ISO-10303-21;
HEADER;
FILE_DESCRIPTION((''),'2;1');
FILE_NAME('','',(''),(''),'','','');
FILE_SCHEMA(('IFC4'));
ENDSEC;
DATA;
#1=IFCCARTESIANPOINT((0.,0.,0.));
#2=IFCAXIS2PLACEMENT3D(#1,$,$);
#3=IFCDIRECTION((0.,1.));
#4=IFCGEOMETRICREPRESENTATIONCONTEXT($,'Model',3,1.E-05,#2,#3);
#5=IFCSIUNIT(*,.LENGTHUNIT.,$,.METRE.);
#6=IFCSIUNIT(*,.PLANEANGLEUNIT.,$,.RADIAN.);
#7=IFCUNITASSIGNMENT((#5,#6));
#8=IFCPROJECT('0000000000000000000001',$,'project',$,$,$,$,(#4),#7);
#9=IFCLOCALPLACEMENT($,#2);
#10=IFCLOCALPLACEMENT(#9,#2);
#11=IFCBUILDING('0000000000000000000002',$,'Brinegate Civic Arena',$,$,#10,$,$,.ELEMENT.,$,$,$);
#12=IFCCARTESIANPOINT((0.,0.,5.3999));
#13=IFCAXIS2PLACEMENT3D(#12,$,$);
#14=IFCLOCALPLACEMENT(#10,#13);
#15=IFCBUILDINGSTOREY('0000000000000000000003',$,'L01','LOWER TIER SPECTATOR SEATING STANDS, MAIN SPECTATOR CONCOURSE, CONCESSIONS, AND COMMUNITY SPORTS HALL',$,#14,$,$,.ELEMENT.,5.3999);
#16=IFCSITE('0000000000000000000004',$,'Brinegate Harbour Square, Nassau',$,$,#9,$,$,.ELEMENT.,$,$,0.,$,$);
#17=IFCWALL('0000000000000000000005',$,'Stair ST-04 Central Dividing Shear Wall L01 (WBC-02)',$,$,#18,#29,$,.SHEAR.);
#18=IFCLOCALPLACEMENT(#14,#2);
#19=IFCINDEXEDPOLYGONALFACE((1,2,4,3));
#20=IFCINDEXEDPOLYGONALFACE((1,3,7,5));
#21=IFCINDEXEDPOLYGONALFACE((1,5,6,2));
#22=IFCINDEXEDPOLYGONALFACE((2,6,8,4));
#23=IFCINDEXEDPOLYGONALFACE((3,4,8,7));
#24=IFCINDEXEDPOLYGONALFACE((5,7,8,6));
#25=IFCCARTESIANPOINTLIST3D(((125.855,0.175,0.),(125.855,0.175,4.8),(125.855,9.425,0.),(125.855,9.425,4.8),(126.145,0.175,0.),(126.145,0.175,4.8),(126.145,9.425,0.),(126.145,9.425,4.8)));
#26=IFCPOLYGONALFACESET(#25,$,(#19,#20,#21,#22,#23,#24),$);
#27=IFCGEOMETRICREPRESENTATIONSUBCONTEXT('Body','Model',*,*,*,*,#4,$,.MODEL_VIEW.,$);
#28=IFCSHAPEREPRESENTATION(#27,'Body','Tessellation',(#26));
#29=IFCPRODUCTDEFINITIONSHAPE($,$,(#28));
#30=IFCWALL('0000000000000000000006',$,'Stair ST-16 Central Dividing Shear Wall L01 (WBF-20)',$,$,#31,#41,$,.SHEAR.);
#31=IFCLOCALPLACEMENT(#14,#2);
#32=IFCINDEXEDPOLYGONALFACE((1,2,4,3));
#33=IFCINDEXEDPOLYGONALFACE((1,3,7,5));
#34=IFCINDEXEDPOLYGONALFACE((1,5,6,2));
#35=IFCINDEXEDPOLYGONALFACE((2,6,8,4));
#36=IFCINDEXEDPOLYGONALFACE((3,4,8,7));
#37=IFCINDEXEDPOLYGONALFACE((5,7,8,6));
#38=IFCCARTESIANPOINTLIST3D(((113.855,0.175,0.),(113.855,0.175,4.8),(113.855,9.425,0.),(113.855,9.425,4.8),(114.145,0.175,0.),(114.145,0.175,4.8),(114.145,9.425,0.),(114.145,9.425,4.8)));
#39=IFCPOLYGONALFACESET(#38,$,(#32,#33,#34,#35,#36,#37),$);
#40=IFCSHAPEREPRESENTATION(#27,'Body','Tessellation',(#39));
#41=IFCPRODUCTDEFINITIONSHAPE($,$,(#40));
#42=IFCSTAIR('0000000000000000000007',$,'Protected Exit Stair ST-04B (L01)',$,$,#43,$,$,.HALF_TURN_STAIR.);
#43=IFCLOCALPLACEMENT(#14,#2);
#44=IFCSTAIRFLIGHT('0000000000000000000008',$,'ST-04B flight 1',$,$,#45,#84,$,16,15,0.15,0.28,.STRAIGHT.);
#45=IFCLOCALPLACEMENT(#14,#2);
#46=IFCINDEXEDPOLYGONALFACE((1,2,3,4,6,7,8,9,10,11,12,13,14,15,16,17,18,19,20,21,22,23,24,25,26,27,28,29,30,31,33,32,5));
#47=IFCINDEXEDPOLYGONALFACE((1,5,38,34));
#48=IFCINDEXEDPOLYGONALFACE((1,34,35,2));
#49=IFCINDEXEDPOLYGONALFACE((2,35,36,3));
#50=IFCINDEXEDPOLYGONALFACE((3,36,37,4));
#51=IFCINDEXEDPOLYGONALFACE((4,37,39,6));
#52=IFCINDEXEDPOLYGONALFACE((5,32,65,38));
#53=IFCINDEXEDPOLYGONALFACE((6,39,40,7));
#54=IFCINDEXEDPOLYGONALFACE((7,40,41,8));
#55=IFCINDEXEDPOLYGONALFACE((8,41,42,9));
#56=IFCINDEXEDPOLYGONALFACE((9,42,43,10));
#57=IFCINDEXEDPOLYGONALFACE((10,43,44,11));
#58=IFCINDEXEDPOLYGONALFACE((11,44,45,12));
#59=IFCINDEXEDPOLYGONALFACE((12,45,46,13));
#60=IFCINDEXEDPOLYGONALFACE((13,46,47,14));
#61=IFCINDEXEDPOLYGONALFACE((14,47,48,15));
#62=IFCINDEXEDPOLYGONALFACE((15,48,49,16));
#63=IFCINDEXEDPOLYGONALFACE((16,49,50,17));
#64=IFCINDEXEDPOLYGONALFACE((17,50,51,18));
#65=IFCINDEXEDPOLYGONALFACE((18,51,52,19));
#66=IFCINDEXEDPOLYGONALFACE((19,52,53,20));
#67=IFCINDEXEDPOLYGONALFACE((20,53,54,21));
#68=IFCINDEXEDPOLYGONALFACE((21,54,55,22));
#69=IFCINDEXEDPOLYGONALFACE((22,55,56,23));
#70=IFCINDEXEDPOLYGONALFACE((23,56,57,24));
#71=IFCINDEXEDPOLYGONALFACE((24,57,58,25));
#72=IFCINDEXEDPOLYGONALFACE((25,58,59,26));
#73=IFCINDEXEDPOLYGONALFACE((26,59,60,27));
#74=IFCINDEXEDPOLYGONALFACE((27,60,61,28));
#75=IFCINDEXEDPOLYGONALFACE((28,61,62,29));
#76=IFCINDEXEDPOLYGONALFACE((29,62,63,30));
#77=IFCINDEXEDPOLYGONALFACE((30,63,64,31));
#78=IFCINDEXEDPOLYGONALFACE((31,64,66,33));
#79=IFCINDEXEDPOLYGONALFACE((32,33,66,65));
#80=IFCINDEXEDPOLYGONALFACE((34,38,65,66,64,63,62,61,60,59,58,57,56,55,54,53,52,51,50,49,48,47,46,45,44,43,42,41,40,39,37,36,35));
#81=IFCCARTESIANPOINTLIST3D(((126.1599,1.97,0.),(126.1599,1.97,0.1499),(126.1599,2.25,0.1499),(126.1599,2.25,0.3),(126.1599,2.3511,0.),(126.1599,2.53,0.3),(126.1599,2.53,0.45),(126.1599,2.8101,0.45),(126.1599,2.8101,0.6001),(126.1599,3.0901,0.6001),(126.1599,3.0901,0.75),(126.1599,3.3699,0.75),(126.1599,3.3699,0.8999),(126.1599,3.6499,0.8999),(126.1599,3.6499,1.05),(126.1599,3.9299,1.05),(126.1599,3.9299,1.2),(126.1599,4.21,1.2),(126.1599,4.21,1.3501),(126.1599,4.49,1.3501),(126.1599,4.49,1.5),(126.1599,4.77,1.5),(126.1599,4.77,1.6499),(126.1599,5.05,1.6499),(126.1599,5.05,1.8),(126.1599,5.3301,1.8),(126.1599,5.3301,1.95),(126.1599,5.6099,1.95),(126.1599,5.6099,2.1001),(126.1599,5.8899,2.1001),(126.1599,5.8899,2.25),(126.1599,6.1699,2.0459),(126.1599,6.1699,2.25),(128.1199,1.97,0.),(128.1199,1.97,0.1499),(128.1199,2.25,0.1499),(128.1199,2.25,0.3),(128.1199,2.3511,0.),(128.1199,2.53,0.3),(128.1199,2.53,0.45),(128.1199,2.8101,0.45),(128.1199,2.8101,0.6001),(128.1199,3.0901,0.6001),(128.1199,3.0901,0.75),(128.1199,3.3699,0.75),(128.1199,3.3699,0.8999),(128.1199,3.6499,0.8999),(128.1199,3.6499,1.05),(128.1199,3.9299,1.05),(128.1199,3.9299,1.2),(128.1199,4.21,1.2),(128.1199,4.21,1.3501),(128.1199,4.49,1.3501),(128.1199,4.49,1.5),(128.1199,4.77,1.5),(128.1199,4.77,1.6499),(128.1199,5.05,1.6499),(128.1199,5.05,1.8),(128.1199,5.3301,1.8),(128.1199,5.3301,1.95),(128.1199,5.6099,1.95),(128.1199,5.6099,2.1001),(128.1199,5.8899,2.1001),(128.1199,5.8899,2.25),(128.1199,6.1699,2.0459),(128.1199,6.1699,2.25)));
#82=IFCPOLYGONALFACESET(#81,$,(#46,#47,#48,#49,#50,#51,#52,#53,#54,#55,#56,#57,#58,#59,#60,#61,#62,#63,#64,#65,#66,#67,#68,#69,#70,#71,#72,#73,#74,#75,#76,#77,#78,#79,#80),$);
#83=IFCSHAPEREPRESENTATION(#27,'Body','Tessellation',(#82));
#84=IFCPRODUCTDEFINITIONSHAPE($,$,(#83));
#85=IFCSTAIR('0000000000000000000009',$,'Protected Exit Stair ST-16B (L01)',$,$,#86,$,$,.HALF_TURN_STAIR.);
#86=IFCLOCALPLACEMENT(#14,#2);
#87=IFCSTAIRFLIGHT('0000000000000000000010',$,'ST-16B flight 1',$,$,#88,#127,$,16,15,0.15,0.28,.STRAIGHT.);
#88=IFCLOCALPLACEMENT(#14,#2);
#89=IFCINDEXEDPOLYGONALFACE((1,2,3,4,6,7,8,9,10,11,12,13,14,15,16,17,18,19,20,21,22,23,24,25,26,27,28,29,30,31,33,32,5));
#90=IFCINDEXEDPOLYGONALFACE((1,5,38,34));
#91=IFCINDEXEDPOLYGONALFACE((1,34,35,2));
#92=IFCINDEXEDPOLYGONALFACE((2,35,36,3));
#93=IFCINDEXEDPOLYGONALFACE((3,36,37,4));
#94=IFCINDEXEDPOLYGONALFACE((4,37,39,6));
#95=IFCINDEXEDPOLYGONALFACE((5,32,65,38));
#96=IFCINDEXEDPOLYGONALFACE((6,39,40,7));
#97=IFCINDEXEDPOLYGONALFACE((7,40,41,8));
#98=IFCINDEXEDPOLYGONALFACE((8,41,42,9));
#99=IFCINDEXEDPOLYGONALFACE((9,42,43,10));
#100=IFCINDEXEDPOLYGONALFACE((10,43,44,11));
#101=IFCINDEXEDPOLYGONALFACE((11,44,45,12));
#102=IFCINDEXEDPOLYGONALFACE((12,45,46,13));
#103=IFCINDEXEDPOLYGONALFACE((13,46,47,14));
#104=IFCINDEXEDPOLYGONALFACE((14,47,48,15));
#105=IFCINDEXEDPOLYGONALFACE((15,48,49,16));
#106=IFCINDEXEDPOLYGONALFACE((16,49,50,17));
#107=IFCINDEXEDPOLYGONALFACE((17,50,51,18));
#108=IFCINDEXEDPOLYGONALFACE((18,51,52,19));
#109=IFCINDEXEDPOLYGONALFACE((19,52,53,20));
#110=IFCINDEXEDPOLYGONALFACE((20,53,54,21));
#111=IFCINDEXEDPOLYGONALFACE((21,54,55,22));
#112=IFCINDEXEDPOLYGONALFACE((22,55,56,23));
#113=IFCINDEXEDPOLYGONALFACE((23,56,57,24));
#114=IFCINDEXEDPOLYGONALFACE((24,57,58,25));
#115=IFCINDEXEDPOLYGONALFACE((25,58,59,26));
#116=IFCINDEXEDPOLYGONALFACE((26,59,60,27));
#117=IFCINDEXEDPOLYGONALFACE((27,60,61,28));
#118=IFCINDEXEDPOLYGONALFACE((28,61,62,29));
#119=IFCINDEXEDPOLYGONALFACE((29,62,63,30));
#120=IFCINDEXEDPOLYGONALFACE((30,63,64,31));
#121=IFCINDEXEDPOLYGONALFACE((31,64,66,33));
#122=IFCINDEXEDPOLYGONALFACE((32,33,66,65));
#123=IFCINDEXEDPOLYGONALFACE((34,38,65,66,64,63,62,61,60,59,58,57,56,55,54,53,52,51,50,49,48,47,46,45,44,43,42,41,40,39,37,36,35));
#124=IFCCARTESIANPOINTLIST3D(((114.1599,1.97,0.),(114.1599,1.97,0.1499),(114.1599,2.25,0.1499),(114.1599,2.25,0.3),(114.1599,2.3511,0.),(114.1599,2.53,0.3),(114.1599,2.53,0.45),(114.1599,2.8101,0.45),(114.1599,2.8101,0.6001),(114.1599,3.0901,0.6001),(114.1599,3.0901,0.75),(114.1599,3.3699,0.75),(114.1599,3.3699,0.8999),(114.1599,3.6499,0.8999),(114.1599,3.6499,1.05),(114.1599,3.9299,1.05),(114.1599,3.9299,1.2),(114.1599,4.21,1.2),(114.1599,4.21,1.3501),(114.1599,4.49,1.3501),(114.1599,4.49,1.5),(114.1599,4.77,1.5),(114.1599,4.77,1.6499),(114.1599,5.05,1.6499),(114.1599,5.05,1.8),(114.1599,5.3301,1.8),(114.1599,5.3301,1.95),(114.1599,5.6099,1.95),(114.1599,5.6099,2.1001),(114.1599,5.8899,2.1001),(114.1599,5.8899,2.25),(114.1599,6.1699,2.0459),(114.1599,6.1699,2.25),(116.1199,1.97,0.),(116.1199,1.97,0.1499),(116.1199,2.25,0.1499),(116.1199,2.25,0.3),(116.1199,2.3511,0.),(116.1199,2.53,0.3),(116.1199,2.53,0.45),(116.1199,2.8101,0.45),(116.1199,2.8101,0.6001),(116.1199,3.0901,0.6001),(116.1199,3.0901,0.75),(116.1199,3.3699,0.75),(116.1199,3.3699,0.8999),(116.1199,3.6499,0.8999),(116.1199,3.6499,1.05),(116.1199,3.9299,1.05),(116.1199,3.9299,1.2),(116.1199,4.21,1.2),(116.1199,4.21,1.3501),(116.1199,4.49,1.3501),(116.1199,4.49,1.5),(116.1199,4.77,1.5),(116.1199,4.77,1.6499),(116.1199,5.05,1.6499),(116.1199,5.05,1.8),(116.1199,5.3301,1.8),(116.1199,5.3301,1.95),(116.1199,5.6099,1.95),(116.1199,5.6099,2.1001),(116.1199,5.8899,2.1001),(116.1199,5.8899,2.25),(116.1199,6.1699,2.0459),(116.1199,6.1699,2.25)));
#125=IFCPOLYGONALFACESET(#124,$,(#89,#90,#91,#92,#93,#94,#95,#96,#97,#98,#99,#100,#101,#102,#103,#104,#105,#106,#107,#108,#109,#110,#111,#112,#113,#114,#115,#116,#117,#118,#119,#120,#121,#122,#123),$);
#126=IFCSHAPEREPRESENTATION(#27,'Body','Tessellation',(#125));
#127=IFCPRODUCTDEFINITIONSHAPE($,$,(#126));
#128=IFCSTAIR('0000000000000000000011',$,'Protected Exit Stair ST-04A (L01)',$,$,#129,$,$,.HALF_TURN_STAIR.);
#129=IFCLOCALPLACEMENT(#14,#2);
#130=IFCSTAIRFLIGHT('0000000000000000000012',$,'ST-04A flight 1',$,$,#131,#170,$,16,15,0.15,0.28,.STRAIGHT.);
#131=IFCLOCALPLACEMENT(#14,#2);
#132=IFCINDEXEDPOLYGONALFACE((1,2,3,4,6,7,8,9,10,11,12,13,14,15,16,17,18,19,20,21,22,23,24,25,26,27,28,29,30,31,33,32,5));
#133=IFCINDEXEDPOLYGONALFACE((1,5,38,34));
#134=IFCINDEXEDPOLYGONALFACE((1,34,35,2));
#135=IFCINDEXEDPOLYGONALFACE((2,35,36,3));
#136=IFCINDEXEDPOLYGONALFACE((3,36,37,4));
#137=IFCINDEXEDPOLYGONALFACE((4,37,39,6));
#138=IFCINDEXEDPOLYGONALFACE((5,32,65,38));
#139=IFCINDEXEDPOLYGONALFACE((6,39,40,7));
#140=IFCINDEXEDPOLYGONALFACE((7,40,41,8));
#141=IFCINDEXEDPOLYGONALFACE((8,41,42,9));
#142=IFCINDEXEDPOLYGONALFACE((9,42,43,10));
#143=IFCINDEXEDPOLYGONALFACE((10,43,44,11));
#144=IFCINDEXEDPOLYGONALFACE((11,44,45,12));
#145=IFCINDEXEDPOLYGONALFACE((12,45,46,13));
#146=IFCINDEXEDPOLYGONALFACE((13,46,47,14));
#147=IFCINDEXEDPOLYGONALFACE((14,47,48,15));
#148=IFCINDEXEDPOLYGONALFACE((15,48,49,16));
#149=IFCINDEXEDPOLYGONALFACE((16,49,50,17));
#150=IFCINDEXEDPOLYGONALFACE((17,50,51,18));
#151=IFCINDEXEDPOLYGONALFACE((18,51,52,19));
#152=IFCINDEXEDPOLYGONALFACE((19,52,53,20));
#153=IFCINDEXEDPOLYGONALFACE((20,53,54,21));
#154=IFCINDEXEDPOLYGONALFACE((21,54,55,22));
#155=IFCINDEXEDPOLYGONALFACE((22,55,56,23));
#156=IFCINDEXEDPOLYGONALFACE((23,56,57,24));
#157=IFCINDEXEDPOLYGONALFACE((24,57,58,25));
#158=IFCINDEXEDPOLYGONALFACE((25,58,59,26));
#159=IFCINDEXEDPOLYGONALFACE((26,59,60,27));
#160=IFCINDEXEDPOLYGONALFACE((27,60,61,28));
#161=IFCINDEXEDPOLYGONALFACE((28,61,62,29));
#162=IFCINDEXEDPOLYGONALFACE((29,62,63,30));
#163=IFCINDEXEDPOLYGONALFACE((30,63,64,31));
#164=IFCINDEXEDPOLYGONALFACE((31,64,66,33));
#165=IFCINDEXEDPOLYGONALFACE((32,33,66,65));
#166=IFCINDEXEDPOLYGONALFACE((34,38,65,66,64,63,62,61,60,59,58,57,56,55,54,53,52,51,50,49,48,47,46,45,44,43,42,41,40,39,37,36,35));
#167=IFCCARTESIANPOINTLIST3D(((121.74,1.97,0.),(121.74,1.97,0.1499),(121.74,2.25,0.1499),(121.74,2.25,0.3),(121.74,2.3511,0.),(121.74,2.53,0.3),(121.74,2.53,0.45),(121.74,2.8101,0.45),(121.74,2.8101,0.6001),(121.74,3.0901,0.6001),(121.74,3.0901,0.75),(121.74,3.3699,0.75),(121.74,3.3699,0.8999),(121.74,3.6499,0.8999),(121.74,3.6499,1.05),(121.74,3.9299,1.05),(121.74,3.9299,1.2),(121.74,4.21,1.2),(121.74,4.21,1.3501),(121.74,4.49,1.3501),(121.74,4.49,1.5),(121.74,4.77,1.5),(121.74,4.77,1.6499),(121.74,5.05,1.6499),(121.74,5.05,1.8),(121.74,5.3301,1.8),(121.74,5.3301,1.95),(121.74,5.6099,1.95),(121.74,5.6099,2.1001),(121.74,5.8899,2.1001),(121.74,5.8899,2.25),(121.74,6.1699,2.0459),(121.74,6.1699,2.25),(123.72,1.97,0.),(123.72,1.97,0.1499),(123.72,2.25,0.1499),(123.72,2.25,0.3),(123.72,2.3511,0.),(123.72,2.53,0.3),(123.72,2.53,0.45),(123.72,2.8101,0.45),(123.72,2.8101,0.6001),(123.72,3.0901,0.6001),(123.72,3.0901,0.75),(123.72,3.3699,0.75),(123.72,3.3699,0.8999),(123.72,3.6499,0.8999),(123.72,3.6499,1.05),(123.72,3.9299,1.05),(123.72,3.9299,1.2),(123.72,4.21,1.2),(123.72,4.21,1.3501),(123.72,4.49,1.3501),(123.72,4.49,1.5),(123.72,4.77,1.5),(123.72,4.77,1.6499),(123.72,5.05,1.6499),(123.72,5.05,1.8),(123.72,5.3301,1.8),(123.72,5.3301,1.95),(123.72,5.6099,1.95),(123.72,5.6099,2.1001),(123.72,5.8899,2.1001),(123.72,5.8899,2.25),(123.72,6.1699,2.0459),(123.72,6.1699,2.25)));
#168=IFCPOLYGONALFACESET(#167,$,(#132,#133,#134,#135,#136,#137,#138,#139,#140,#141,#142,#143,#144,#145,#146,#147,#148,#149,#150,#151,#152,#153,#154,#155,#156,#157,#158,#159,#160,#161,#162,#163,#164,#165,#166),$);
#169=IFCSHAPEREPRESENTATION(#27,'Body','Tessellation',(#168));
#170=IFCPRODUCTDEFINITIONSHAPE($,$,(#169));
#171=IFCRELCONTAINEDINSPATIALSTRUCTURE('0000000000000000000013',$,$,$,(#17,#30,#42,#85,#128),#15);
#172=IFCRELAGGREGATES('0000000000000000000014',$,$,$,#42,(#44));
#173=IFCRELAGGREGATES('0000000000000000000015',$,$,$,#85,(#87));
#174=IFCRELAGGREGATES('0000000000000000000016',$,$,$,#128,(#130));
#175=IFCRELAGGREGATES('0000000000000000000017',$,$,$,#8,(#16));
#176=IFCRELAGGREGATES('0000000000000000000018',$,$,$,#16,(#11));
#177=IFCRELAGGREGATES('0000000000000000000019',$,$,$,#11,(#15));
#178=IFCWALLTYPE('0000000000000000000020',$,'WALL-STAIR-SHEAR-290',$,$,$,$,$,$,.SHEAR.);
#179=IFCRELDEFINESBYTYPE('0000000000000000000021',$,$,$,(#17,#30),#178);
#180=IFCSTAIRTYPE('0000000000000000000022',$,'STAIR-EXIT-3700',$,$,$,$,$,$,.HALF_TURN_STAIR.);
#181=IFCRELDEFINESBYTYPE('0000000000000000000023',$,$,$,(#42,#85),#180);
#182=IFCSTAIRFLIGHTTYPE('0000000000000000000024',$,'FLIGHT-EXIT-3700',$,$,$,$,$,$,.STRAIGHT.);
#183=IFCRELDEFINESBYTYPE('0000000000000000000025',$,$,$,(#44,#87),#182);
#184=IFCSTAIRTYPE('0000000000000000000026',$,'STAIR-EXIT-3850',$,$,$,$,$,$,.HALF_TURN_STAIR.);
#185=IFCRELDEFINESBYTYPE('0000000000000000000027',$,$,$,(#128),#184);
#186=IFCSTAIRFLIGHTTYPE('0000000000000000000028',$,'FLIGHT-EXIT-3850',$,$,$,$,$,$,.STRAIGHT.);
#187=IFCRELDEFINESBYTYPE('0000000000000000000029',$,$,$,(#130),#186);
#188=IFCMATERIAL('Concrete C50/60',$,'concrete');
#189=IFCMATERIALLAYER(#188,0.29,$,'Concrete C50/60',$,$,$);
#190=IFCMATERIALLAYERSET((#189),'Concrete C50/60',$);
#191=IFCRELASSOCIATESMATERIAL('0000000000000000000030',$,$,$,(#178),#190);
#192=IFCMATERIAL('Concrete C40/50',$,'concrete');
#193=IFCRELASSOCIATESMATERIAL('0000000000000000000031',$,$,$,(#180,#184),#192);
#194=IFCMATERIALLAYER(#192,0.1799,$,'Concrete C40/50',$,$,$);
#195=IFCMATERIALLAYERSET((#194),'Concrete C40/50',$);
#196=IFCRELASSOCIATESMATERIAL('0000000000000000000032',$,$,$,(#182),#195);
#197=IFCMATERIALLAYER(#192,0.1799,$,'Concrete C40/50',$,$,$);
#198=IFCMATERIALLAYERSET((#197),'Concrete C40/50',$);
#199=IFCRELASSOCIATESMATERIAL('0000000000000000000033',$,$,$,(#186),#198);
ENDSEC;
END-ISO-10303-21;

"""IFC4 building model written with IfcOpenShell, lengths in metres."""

from ifc_helpers import new_model, si_unit, direction, frame, frame_2d, origin, place, context, subcontext, project, spatial, polyline, rectangle, outline, extrude, material, layer, layer_set, type_object, element, aggregate, save


model = new_model("IFC4")

# Units and contexts
model_context = context("Model", 3, precision=1e-05, world=origin(), true_north=direction((0.0, 1.0)))
body_context = subcontext(model_context, "Body", "Model", "MODEL_VIEW")
ifc_project = project(units=[si_unit("LENGTHUNIT", "METRE"), si_unit("PLANEANGLEUNIT", "RADIAN")], contexts=[model_context])

# Site, building, storey
site_placement = place(None, origin())
site = spatial("IfcSite", under=ifc_project, at=site_placement, Name="Brinegate Harbour Square, Nassau", CompositionType="ELEMENT", RefElevation=0.0)
building_placement = place(site_placement, origin())
building = spatial("IfcBuilding", under=site, at=building_placement, Name="Brinegate Civic Arena", CompositionType="ELEMENT")
storey_placement = place(building_placement, frame((0.0, 0.0, 5.3999)))
storey = spatial("IfcBuildingStorey", under=building, at=storey_placement, Name="L01", Description="LOWER TIER SPECTATOR SEATING STANDS, MAIN SPECTATOR CONCOURSE, CONCESSIONS, AND COMMUNITY SPORTS HALL", CompositionType="ELEMENT", Elevation=5.3999)

# Shared definitions
ifc_material_1 = material(Name="Concrete C50/60", Category="concrete")

# Walls
ifc_layer_1 = layer(ifc_material_1, 0.29, Name="Concrete C50/60")
ifc_layer_set_1 = layer_set([ifc_layer_1], Name="Concrete C50/60")
wall_type_1 = type_object("IfcWallType", Name="WALL-STAIR-SHEAR-290", PredefinedType="SHEAR", material=ifc_layer_set_1)
for number, where, z_axis, x_axis, name in (
    (1, (126.0, 0.175, 0.0), (0.0, 0.0, 1.0), (0.0, 1.0, 0.0), "Stair ST-04 Central Dividing Shear Wall L01 (WBC-02)"),
    (2, (114.0, 0.175, 0.0), (0.0, 0.0, 1.0), (0.0, 1.0, 0.0), "Stair ST-16 Central Dividing Shear Wall L01 (WBF-20)"),
):
    element("IfcWall", number, at=place(storey_placement, frame(where, z_axis=z_axis, x_axis=x_axis)), inside=storey, type_object=wall_type_1, Name=name, PredefinedType="SHEAR", context=body_context, shape_type="SweptSolid", body=[
        extrude(rectangle(XDim=9.25, YDim=0.29, at=frame_2d((4.625, 0.0))), origin(), (0.0, 0.0, 1.0), 4.8),
    ])

# Stairs, stair flights
ifc_material_2 = material(Name="Concrete C40/50", Category="concrete")
stair_type_1 = type_object("IfcStairType", Name="STAIR-EXIT-3700", PredefinedType="HALF_TURN_STAIR", material=ifc_material_2)
stair_1_placement = place(storey_placement, origin())
stair_1 = element("IfcStair", 3, at=stair_1_placement, inside=storey, type_object=stair_type_1, Name="Protected Exit Stair ST-04B (L01)", PredefinedType="HALF_TURN_STAIR")
ifc_layer_2 = layer(ifc_material_2, 0.1799, Name="Concrete C40/50")
ifc_layer_set_2 = layer_set([ifc_layer_2], Name="Concrete C40/50")
stair_flight_type_1 = type_object("IfcStairFlightType", Name="FLIGHT-EXIT-3700", PredefinedType="STRAIGHT", material=ifc_layer_set_2)
stair_flight_1_placement = place(storey_placement, frame((127.1399, 1.97, 0.0), z_axis=(0.0, 0.0, 1.0), x_axis=(0.0, 1.0, 0.0)))
stair_flight_1 = element("IfcStairFlight", 4, at=stair_flight_1_placement, type_object=stair_flight_type_1, Name="ST-04B flight 1", NumberOfRisers=16, NumberOfTreads=15, PredefinedType="STRAIGHT", RiserHeight=0.15, TreadLength=0.28, context=body_context, shape_type="SweptSolid", body=[
    extrude(outline(polyline([(0.0, 0.0), (0.0, 0.1499), (0.28, 0.1499), (0.28, 0.3), (0.5601, 0.3), (0.5601, 0.45), (0.8401, 0.45), (0.8401, 0.6001), (1.1201, 0.6001), (1.1201, 0.75), (1.3999, 0.75), (1.3999, 0.8999), (1.6799, 0.8999), (1.6799, 1.05), (1.96, 1.05), (1.96, 1.2), (2.24, 1.2), (2.24, 1.3501), (2.52, 1.3501), (2.52, 1.5), (2.8, 1.5), (2.8, 1.6499), (3.0801, 1.6499), (3.0801, 1.8), (3.3601, 1.8), (3.3601, 1.95), (3.6399, 1.95), (3.6399, 2.1001), (3.9199, 2.1001), (3.9199, 2.25), (4.2, 2.25), (4.2, 2.3999), (4.2, 2.0459), (0.3811, 0.0), (0.0, 0.0)])), frame((0.0, 0.98, 0.0), z_axis=(0.0, -1.0, 0.0), x_axis=(1.0, 0.0, 0.0)), (0.0, 0.0, 1.0), 1.96),
])
aggregate(stair_1, [stair_flight_1])
stair_2_placement = place(storey_placement, origin())
stair_2 = element("IfcStair", 5, at=stair_2_placement, inside=storey, type_object=stair_type_1, Name="Protected Exit Stair ST-16B (L01)", PredefinedType="HALF_TURN_STAIR")
stair_flight_2_placement = place(storey_placement, frame((115.1399, 1.97, 0.0), z_axis=(0.0, 0.0, 1.0), x_axis=(0.0, 1.0, 0.0)))
stair_flight_2 = element("IfcStairFlight", 6, at=stair_flight_2_placement, type_object=stair_flight_type_1, Name="ST-16B flight 1", NumberOfRisers=16, NumberOfTreads=15, PredefinedType="STRAIGHT", RiserHeight=0.15, TreadLength=0.28, context=body_context, shape_type="SweptSolid", body=[
    extrude(outline(polyline([(0.0, 0.0), (0.0, 0.1499), (0.28, 0.1499), (0.28, 0.3), (0.5601, 0.3), (0.5601, 0.45), (0.8401, 0.45), (0.8401, 0.6001), (1.1201, 0.6001), (1.1201, 0.75), (1.3999, 0.75), (1.3999, 0.8999), (1.6799, 0.8999), (1.6799, 1.05), (1.96, 1.05), (1.96, 1.2), (2.24, 1.2), (2.24, 1.3501), (2.52, 1.3501), (2.52, 1.5), (2.8, 1.5), (2.8, 1.6499), (3.0801, 1.6499), (3.0801, 1.8), (3.3601, 1.8), (3.3601, 1.95), (3.6399, 1.95), (3.6399, 2.1001), (3.9199, 2.1001), (3.9199, 2.25), (4.2, 2.25), (4.2, 2.3999), (4.2, 2.0459), (0.3811, 0.0), (0.0, 0.0)])), frame((0.0, 0.98, 0.0), z_axis=(0.0, -1.0, 0.0), x_axis=(1.0, 0.0, 0.0)), (0.0, 0.0, 1.0), 1.96),
])
aggregate(stair_2, [stair_flight_2])
stair_type_2 = type_object("IfcStairType", Name="STAIR-EXIT-3850", PredefinedType="HALF_TURN_STAIR", material=ifc_material_2)
stair_3_placement = place(storey_placement, origin())
stair_3 = element("IfcStair", 7, at=stair_3_placement, inside=storey, type_object=stair_type_2, Name="Protected Exit Stair ST-04A (L01)", PredefinedType="HALF_TURN_STAIR")
ifc_layer_3 = layer(ifc_material_2, 0.1799, Name="Concrete C40/50")
ifc_layer_set_3 = layer_set([ifc_layer_3], Name="Concrete C40/50")
stair_flight_type_2 = type_object("IfcStairFlightType", Name="FLIGHT-EXIT-3850", PredefinedType="STRAIGHT", material=ifc_layer_set_3)
stair_flight_3_placement = place(storey_placement, frame((122.73, 1.97, 0.0), z_axis=(0.0, 0.0, 1.0), x_axis=(0.0, 1.0, 0.0)))
stair_flight_3 = element("IfcStairFlight", 8, at=stair_flight_3_placement, type_object=stair_flight_type_2, Name="ST-04A flight 1", NumberOfRisers=16, NumberOfTreads=15, PredefinedType="STRAIGHT", RiserHeight=0.15, TreadLength=0.28, context=body_context, shape_type="SweptSolid", body=[
    extrude(outline(polyline([(0.0, 0.0), (0.0, 0.1499), (0.28, 0.1499), (0.28, 0.3), (0.5601, 0.3), (0.5601, 0.45), (0.8401, 0.45), (0.8401, 0.6001), (1.1201, 0.6001), (1.1201, 0.75), (1.3999, 0.75), (1.3999, 0.8999), (1.6799, 0.8999), (1.6799, 1.05), (1.96, 1.05), (1.96, 1.2), (2.24, 1.2), (2.24, 1.3501), (2.52, 1.3501), (2.52, 1.5), (2.8, 1.5), (2.8, 1.6499), (3.0801, 1.6499), (3.0801, 1.8), (3.3601, 1.8), (3.3601, 1.95), (3.6399, 1.95), (3.6399, 2.1001), (3.9199, 2.1001), (3.9199, 2.25), (4.2, 2.25), (4.2, 2.3999), (4.2, 2.0459), (0.3811, 0.0), (0.0, 0.0)])), frame((0.0, 0.99, 0.0), z_axis=(0.0, -1.0, 0.0), x_axis=(1.0, 0.0, 0.0)), (0.0, 0.0, 1.0), 1.98),
])
aggregate(stair_3, [stair_flight_3])

save(model, "model.ifc")
